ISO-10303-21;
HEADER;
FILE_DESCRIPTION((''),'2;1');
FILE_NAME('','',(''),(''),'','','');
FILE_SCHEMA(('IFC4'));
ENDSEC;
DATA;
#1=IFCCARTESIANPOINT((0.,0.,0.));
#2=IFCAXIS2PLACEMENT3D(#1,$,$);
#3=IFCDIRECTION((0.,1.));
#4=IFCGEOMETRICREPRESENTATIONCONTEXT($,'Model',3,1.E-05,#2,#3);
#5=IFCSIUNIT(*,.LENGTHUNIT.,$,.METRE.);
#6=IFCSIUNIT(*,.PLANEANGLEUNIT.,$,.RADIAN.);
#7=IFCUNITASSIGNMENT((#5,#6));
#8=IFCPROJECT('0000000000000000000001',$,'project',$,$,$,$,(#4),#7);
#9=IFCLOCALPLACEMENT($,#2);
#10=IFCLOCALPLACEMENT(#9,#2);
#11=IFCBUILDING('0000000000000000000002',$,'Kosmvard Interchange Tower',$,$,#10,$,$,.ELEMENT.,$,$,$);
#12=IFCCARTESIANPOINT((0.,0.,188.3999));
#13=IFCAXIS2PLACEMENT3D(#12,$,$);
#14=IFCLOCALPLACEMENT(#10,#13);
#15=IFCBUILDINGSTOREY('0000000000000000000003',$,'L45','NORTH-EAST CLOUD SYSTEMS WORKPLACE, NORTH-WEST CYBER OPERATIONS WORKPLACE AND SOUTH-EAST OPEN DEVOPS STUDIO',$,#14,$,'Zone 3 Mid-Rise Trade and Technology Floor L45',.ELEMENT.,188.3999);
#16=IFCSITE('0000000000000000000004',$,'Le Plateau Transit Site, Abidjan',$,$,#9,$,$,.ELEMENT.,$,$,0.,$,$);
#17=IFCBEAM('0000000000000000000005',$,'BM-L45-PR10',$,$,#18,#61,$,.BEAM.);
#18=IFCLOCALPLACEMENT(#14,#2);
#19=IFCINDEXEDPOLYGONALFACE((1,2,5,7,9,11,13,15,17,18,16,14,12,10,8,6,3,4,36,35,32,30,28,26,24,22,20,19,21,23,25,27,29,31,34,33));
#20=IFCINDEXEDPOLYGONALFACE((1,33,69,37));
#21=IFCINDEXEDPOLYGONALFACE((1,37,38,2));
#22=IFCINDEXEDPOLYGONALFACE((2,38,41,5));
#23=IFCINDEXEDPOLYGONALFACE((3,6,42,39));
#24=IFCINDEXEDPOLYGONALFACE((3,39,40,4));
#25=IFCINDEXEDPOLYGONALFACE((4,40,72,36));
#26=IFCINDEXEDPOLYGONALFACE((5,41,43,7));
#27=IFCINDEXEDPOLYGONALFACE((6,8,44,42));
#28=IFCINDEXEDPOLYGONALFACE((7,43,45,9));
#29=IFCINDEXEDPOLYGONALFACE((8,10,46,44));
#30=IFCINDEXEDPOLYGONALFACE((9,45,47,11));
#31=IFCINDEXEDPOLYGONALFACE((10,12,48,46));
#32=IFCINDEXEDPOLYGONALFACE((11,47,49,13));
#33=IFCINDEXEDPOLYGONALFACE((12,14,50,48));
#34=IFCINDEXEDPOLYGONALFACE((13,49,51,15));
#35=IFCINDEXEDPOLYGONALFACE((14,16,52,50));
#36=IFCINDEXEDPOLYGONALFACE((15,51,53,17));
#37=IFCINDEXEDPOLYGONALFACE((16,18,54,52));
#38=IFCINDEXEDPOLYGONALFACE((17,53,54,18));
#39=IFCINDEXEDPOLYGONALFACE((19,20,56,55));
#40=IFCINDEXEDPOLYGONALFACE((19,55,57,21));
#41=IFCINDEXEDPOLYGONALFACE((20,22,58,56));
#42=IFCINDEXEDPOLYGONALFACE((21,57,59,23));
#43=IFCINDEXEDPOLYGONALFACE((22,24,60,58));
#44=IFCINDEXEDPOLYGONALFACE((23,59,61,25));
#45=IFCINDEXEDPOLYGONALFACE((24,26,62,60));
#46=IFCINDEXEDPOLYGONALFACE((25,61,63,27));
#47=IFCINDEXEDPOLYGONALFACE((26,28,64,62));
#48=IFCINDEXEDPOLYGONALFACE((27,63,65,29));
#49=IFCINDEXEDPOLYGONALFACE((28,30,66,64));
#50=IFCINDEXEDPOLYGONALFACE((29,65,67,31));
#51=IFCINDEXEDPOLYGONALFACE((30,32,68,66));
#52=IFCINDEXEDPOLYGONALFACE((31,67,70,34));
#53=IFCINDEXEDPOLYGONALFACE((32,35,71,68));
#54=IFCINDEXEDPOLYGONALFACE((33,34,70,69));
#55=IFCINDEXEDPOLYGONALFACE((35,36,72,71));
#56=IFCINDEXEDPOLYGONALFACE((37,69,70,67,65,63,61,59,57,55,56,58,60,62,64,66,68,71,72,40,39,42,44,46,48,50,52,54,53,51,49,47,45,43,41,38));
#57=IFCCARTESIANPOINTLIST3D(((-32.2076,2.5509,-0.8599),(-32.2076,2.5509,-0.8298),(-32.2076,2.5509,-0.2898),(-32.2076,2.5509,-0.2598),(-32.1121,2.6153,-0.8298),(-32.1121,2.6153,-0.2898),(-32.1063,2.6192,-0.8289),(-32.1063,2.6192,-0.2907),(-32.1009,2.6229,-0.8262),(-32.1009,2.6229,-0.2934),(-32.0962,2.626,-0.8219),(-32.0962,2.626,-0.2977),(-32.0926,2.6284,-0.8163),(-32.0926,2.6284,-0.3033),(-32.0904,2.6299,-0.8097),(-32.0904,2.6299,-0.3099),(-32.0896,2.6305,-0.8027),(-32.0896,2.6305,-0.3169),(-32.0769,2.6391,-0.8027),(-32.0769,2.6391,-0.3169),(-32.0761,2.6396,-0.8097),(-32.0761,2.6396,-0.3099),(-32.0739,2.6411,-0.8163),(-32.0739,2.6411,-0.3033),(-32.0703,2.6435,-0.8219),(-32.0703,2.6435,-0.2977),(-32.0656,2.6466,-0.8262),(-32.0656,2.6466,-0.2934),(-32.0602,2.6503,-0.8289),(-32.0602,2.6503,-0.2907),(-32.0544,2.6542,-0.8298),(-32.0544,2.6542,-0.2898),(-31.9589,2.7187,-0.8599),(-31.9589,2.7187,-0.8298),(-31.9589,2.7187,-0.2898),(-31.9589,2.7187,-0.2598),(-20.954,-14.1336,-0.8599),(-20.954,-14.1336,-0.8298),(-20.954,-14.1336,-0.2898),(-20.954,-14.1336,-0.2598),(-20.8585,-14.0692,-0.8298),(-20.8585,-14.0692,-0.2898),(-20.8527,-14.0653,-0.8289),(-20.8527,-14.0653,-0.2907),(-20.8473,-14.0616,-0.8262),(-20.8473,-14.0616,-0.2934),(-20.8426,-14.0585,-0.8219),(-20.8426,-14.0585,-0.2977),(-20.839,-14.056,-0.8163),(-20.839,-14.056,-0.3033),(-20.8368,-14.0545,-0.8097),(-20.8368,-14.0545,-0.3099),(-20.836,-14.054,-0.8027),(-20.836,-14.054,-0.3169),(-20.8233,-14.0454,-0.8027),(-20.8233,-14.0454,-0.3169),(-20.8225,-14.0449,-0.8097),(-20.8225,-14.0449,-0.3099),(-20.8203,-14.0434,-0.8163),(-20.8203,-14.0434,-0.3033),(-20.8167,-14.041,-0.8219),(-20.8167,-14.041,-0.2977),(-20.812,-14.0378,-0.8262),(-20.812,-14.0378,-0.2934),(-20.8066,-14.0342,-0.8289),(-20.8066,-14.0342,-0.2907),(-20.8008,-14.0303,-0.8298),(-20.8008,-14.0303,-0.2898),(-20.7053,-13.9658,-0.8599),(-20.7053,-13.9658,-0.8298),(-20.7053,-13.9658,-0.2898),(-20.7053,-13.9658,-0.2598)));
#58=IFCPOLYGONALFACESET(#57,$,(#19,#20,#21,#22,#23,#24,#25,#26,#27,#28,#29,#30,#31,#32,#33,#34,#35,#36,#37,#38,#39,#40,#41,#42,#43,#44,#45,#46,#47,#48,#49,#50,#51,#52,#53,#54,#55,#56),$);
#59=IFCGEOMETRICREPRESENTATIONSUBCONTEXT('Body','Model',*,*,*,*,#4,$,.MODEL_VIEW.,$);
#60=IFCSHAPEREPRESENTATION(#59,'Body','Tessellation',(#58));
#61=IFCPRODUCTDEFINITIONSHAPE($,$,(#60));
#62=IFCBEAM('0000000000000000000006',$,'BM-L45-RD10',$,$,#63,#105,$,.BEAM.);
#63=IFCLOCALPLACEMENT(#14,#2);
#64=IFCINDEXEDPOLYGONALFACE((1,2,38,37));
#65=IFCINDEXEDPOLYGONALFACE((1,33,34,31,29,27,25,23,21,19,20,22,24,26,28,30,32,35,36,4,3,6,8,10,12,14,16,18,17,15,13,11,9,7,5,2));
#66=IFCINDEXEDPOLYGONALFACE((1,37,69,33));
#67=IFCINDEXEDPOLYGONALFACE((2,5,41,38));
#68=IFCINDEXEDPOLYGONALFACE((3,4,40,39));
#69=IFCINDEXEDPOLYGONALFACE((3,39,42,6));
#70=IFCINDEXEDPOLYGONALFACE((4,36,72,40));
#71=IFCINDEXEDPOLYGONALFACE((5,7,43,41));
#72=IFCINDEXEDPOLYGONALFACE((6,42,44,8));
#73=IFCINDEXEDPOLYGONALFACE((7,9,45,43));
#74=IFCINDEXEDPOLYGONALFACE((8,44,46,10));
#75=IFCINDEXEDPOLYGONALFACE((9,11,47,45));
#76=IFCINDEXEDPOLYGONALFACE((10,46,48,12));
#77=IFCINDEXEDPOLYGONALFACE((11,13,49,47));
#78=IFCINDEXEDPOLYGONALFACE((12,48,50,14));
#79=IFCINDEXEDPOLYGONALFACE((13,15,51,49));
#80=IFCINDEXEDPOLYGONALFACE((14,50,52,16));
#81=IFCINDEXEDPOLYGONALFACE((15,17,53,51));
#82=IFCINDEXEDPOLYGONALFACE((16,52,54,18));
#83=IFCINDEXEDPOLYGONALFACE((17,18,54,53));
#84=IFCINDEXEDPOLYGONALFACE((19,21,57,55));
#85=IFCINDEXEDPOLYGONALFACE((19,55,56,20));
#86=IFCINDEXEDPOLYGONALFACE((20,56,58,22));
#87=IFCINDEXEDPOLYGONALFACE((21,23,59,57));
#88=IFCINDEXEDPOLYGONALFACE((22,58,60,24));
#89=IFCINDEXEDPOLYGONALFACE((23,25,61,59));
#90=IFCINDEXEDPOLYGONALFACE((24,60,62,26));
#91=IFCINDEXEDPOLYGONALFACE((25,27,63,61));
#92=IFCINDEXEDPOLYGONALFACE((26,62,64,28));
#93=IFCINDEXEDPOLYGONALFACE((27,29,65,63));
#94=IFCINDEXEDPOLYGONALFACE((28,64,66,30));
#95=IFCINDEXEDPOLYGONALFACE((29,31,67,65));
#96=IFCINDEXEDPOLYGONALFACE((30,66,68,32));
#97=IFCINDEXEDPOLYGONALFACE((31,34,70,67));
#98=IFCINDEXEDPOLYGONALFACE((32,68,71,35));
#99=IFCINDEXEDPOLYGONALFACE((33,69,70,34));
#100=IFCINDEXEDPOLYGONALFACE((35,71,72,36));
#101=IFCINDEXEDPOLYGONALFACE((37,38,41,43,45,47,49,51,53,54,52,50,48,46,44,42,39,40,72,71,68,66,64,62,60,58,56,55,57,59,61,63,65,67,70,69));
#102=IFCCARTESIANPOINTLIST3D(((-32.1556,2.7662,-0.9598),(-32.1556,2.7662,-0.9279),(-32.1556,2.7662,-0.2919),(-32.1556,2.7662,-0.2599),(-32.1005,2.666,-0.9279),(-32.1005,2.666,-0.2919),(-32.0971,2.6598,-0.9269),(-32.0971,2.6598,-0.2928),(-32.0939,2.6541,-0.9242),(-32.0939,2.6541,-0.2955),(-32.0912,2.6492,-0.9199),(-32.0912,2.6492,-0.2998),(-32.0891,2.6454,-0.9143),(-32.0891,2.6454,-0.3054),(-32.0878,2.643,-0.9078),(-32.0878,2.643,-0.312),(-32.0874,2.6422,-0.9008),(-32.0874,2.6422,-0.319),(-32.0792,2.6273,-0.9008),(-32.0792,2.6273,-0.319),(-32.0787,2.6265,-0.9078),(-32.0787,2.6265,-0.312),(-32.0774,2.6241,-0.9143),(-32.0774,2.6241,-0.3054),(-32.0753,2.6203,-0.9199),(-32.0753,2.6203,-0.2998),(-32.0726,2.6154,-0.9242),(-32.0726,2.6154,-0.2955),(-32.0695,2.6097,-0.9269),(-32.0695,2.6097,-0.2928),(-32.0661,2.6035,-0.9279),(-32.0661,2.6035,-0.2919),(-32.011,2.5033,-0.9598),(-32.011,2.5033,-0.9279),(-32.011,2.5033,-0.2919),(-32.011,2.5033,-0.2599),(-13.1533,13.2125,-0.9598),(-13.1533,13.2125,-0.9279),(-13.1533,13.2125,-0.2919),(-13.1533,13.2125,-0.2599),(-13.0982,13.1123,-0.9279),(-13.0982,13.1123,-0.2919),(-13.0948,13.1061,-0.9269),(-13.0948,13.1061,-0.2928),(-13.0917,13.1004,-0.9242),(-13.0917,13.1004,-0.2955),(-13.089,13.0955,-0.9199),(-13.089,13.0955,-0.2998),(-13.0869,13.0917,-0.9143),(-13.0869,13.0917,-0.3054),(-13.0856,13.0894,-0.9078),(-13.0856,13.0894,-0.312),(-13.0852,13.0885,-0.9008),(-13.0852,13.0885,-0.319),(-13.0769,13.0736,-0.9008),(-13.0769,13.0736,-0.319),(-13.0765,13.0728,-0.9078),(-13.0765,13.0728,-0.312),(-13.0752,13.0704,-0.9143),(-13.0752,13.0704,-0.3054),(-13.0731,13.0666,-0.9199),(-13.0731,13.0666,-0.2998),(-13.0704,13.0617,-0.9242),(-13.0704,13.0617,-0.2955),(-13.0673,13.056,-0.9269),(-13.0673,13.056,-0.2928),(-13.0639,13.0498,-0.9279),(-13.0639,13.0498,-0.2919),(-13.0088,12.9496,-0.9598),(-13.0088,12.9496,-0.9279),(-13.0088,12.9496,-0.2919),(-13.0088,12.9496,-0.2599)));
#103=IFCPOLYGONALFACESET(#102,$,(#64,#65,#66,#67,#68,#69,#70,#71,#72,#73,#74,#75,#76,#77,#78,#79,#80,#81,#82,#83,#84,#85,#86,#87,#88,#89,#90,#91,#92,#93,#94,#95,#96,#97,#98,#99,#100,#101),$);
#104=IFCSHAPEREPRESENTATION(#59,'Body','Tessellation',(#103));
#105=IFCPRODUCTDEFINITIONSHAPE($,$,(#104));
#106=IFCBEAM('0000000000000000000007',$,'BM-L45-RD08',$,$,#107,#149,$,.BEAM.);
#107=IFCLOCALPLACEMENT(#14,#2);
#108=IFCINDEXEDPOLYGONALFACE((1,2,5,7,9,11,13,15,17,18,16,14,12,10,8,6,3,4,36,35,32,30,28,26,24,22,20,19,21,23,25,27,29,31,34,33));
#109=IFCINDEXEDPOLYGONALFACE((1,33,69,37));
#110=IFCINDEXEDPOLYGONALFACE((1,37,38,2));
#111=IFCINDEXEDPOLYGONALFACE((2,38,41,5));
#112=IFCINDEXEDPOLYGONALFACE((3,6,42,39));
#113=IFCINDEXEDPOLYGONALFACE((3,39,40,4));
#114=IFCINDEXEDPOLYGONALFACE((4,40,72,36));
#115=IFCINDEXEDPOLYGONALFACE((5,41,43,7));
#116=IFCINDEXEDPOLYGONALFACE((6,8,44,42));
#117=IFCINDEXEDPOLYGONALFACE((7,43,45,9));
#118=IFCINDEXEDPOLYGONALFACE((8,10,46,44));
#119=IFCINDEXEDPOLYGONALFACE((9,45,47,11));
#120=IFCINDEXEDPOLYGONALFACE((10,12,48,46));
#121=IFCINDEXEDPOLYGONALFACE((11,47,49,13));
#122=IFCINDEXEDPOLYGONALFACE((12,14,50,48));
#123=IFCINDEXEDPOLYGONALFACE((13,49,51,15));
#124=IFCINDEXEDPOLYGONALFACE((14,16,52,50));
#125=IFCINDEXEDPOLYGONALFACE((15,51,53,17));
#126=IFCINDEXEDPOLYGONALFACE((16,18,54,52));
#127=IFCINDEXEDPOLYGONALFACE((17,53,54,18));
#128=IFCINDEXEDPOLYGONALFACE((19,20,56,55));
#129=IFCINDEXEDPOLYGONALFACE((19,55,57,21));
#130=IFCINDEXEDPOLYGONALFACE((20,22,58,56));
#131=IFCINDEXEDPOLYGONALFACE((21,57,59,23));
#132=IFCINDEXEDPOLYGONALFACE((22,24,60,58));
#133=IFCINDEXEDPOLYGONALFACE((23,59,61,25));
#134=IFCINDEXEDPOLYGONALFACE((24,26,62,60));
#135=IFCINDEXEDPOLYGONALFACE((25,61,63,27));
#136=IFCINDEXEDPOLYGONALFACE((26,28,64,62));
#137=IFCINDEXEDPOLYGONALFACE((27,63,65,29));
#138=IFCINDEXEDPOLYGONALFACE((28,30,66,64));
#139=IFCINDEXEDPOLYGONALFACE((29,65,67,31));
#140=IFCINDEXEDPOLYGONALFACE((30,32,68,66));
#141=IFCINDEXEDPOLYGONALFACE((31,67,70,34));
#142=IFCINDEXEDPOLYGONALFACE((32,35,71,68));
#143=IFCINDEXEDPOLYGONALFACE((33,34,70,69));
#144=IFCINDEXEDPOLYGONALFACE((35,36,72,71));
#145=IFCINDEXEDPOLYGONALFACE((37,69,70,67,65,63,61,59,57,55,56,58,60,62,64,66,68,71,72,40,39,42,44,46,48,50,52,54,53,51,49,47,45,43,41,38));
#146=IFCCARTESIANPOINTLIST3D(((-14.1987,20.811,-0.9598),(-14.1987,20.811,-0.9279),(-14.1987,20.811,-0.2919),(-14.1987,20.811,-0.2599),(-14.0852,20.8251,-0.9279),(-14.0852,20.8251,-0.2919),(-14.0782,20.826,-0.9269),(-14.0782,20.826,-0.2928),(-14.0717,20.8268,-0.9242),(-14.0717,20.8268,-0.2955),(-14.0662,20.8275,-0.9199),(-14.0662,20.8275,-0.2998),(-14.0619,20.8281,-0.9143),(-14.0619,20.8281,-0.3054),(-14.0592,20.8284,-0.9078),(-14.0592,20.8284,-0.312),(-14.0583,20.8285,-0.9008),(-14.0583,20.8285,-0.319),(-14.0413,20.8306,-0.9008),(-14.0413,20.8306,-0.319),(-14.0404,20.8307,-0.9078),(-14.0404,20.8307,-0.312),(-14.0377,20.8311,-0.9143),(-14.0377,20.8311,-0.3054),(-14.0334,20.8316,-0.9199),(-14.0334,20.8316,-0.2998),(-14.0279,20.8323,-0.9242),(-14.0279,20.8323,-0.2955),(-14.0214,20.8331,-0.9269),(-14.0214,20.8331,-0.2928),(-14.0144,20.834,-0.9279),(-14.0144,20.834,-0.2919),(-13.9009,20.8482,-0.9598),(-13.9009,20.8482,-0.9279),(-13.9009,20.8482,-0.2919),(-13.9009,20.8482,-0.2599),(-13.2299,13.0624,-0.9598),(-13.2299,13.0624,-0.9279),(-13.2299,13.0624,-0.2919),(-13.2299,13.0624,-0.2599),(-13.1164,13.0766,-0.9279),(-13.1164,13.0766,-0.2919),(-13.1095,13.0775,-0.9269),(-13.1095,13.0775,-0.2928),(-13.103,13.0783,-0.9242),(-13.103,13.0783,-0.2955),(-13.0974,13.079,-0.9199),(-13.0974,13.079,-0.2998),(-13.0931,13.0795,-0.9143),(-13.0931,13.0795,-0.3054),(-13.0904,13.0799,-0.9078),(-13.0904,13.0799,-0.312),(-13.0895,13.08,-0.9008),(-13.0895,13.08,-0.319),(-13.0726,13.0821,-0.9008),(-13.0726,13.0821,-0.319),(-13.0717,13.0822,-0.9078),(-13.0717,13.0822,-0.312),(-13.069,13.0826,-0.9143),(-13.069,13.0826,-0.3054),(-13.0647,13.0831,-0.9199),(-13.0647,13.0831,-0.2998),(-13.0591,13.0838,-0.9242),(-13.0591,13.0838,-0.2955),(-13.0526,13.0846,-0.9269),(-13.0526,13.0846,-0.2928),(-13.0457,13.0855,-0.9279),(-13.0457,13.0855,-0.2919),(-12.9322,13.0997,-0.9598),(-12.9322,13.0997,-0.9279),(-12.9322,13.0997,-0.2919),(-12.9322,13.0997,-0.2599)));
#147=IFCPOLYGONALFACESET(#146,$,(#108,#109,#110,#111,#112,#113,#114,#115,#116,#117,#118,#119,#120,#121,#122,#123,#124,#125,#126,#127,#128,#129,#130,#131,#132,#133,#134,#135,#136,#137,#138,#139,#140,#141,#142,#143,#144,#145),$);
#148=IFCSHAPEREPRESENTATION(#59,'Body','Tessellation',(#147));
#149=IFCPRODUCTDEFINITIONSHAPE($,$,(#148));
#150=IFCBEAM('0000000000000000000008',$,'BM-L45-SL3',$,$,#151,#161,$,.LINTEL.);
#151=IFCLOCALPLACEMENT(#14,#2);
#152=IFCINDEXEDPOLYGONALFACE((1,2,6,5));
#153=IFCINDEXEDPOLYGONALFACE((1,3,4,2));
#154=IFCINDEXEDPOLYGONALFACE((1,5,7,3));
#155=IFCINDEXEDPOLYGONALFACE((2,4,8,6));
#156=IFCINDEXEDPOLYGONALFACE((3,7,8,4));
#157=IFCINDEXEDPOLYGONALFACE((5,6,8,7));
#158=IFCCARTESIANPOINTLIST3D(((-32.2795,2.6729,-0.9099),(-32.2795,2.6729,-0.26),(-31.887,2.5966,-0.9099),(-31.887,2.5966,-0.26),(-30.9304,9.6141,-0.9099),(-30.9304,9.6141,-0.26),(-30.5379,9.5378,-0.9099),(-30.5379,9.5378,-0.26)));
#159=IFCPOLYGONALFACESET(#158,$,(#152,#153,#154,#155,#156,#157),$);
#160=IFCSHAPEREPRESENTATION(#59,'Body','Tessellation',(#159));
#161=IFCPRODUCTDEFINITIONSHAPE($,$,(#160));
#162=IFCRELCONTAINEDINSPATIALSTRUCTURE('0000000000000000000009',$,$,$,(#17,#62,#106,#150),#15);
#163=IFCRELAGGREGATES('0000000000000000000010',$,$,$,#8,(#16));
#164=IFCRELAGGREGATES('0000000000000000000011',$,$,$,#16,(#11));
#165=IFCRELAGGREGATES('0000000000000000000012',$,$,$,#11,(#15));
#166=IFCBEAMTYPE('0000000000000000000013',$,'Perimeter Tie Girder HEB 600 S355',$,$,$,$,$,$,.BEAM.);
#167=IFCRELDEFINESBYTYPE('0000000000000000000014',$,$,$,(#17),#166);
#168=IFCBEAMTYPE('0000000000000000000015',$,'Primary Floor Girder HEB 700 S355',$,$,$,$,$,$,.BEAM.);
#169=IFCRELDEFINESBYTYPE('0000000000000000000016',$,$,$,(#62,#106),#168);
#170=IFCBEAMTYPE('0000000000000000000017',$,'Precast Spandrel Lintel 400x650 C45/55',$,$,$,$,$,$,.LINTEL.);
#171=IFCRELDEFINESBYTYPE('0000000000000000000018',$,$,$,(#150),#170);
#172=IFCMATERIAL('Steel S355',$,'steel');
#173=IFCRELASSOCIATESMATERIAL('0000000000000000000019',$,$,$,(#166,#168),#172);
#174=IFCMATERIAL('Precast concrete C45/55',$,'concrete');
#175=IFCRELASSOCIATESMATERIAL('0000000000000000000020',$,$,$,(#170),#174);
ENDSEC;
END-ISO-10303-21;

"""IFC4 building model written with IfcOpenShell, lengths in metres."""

from ifc_helpers import new_model, si_unit, direction, frame, origin, origin_2d, place, context, subcontext, project, spatial, rectangle, i_section, extrude, source, transform, mapped, material, material_profile, profile_set, type_object, element, save


model = new_model("IFC4")

# Units and contexts
model_context = context("Model", 3, precision=1e-05, world=origin(), true_north=direction((0.0, 1.0)))
body_context = subcontext(model_context, "Body", "Model", "MODEL_VIEW")
ifc_project = project(units=[si_unit("LENGTHUNIT", "METRE"), si_unit("PLANEANGLEUNIT", "RADIAN")], contexts=[model_context])

# Site, building, storey
site_placement = place(None, origin())
site = spatial("IfcSite", under=ifc_project, at=site_placement, Name="Le Plateau Transit Site, Abidjan", CompositionType="ELEMENT", RefElevation=0.0)
building_placement = place(site_placement, origin())
building = spatial("IfcBuilding", under=site, at=building_placement, Name="Kosmvard Interchange Tower", CompositionType="ELEMENT")
storey_placement = place(building_placement, frame((0.0, 0.0, 188.3999)))
storey = spatial("IfcBuildingStorey", under=building, at=storey_placement, Name="L45", Description="NORTH-EAST CLOUD SYSTEMS WORKPLACE, NORTH-WEST CYBER OPERATIONS WORKPLACE AND SOUTH-EAST OPEN DEVOPS STUDIO", LongName="Zone 3 Mid-Rise Trade and Technology Floor L45", CompositionType="ELEMENT", Elevation=188.3999)

# Beams
ifc_material_1 = material(Name="Steel S355", Category="steel")
ifc_material_profile_1 = material_profile(ifc_material_1, i_section(OverallWidth=0.3, OverallDepth=0.6001, WebThickness=0.0154, FlangeThickness=0.03, FilletRadius=0.0271, at=origin_2d()), Name="HEB 600")
ifc_profile_set_1 = profile_set([ifc_material_profile_1], Name="Steel S355")
beam_type_1 = type_object("IfcBeamType", Name="Perimeter Tie Girder HEB 600 S355", PredefinedType="BEAM", material=ifc_profile_set_1)
shared_shape_1 = source(origin(), body_context, "Body", "SweptSolid", [
    extrude(i_section(OverallWidth=0.3, OverallDepth=0.6001, WebThickness=0.0154, FlangeThickness=0.03, FilletRadius=0.0271, at=origin_2d()), origin(), (0.0, 0.0, 1.0), 20.125),
])
for number, where, z_axis, x_axis, name in (
    (1, (-32.0833, 2.6348, -0.5598), (0.559185, -0.829043, 0.0), (0.829043, 0.559185, 0.0), "BM-L45-PR10"),
):
    element("IfcBeam", number, at=place(storey_placement, frame(where, z_axis=z_axis, x_axis=x_axis)), inside=storey, type_object=beam_type_1, Name=name, PredefinedType="BEAM", context=body_context, shape_type="MappedRepresentation", body=[
        mapped(shared_shape_1, transform((0.0, 0.0, 0.0), scale=1.0)),
    ])
ifc_material_profile_2 = material_profile(ifc_material_1, i_section(OverallWidth=0.3, OverallDepth=0.7, WebThickness=0.0171, FlangeThickness=0.032, FilletRadius=0.0271, at=origin_2d()), Name="HEB 700")
ifc_profile_set_2 = profile_set([ifc_material_profile_2], Name="Steel S355")
beam_type_2 = type_object("IfcBeamType", Name="Primary Floor Girder HEB 700 S355", PredefinedType="BEAM", material=ifc_profile_set_2)
shared_shape_2 = source(origin(), body_context, "Body", "SweptSolid", [
    extrude(i_section(OverallWidth=0.3, OverallDepth=0.7, WebThickness=0.0171, FlangeThickness=0.032, FilletRadius=0.0271, at=origin_2d()), origin(), (0.0, 0.0, 1.0), 21.6843),
])
beam_1_placement = place(storey_placement, frame((-13.0811, 13.0811, -0.6099), z_axis=(-0.876312, -0.481745, 0.0), x_axis=(0.481745, -0.876312, 0.0)))
element("IfcBeam", 2, at=beam_1_placement, inside=storey, type_object=beam_type_2, Name="BM-L45-RD10", PredefinedType="BEAM", context=body_context, shape_type="MappedRepresentation", body=[
    mapped(shared_shape_2, transform((0.0, 0.0, 0.0), scale=1.0)),
])
shared_shape_3 = source(origin(), body_context, "Body", "SweptSolid", [
    extrude(i_section(OverallWidth=0.3, OverallDepth=0.7, WebThickness=0.0171, FlangeThickness=0.032, FilletRadius=0.0271, at=origin_2d()), origin(), (0.0, 0.0, 1.0), 7.8088),
])
beam_2_placement = place(storey_placement, frame((-13.0811, 13.0811, -0.6099), z_axis=(-0.124058, 0.992275, 0.0), x_axis=(-0.992275, -0.124058, 0.0)))
element("IfcBeam", 3, at=beam_2_placement, inside=storey, type_object=beam_type_2, Name="BM-L45-RD08", PredefinedType="BEAM", context=body_context, shape_type="MappedRepresentation", body=[
    mapped(shared_shape_3, transform((0.0, 0.0, 0.0), scale=1.0)),
])
ifc_material_2 = material(Name="Precast concrete C45/55", Category="concrete")
ifc_material_profile_3 = material_profile(ifc_material_2, rectangle(XDim=0.3999, YDim=0.6499, at=origin_2d()), Name="SL 400x650")
ifc_profile_set_3 = profile_set([ifc_material_profile_3], Name="Precast concrete C45/55")
beam_type_3 = type_object("IfcBeamType", Name="Precast Spandrel Lintel 400x650 C45/55", PredefinedType="LINTEL", material=ifc_profile_set_3)
shared_shape_4 = source(origin(), body_context, "Body", "SweptSolid", [
    extrude(rectangle(XDim=0.3999, YDim=0.6499, at=origin_2d()), origin(), (0.0, 0.0, 1.0), 7.071),
])
beam_3_placement = place(storey_placement, frame((-30.7341, 9.5759, -0.585), z_axis=(-0.190795, -0.98163, 0.0), x_axis=(0.98163, -0.190795, 0.0)))
element("IfcBeam", 4, at=beam_3_placement, inside=storey, type_object=beam_type_3, Name="BM-L45-SL3", PredefinedType="LINTEL", context=body_context, shape_type="MappedRepresentation", body=[
    mapped(shared_shape_4, transform((0.0, 0.0, 0.0), scale=1.0)),
])

save(model, "model.ifc")
